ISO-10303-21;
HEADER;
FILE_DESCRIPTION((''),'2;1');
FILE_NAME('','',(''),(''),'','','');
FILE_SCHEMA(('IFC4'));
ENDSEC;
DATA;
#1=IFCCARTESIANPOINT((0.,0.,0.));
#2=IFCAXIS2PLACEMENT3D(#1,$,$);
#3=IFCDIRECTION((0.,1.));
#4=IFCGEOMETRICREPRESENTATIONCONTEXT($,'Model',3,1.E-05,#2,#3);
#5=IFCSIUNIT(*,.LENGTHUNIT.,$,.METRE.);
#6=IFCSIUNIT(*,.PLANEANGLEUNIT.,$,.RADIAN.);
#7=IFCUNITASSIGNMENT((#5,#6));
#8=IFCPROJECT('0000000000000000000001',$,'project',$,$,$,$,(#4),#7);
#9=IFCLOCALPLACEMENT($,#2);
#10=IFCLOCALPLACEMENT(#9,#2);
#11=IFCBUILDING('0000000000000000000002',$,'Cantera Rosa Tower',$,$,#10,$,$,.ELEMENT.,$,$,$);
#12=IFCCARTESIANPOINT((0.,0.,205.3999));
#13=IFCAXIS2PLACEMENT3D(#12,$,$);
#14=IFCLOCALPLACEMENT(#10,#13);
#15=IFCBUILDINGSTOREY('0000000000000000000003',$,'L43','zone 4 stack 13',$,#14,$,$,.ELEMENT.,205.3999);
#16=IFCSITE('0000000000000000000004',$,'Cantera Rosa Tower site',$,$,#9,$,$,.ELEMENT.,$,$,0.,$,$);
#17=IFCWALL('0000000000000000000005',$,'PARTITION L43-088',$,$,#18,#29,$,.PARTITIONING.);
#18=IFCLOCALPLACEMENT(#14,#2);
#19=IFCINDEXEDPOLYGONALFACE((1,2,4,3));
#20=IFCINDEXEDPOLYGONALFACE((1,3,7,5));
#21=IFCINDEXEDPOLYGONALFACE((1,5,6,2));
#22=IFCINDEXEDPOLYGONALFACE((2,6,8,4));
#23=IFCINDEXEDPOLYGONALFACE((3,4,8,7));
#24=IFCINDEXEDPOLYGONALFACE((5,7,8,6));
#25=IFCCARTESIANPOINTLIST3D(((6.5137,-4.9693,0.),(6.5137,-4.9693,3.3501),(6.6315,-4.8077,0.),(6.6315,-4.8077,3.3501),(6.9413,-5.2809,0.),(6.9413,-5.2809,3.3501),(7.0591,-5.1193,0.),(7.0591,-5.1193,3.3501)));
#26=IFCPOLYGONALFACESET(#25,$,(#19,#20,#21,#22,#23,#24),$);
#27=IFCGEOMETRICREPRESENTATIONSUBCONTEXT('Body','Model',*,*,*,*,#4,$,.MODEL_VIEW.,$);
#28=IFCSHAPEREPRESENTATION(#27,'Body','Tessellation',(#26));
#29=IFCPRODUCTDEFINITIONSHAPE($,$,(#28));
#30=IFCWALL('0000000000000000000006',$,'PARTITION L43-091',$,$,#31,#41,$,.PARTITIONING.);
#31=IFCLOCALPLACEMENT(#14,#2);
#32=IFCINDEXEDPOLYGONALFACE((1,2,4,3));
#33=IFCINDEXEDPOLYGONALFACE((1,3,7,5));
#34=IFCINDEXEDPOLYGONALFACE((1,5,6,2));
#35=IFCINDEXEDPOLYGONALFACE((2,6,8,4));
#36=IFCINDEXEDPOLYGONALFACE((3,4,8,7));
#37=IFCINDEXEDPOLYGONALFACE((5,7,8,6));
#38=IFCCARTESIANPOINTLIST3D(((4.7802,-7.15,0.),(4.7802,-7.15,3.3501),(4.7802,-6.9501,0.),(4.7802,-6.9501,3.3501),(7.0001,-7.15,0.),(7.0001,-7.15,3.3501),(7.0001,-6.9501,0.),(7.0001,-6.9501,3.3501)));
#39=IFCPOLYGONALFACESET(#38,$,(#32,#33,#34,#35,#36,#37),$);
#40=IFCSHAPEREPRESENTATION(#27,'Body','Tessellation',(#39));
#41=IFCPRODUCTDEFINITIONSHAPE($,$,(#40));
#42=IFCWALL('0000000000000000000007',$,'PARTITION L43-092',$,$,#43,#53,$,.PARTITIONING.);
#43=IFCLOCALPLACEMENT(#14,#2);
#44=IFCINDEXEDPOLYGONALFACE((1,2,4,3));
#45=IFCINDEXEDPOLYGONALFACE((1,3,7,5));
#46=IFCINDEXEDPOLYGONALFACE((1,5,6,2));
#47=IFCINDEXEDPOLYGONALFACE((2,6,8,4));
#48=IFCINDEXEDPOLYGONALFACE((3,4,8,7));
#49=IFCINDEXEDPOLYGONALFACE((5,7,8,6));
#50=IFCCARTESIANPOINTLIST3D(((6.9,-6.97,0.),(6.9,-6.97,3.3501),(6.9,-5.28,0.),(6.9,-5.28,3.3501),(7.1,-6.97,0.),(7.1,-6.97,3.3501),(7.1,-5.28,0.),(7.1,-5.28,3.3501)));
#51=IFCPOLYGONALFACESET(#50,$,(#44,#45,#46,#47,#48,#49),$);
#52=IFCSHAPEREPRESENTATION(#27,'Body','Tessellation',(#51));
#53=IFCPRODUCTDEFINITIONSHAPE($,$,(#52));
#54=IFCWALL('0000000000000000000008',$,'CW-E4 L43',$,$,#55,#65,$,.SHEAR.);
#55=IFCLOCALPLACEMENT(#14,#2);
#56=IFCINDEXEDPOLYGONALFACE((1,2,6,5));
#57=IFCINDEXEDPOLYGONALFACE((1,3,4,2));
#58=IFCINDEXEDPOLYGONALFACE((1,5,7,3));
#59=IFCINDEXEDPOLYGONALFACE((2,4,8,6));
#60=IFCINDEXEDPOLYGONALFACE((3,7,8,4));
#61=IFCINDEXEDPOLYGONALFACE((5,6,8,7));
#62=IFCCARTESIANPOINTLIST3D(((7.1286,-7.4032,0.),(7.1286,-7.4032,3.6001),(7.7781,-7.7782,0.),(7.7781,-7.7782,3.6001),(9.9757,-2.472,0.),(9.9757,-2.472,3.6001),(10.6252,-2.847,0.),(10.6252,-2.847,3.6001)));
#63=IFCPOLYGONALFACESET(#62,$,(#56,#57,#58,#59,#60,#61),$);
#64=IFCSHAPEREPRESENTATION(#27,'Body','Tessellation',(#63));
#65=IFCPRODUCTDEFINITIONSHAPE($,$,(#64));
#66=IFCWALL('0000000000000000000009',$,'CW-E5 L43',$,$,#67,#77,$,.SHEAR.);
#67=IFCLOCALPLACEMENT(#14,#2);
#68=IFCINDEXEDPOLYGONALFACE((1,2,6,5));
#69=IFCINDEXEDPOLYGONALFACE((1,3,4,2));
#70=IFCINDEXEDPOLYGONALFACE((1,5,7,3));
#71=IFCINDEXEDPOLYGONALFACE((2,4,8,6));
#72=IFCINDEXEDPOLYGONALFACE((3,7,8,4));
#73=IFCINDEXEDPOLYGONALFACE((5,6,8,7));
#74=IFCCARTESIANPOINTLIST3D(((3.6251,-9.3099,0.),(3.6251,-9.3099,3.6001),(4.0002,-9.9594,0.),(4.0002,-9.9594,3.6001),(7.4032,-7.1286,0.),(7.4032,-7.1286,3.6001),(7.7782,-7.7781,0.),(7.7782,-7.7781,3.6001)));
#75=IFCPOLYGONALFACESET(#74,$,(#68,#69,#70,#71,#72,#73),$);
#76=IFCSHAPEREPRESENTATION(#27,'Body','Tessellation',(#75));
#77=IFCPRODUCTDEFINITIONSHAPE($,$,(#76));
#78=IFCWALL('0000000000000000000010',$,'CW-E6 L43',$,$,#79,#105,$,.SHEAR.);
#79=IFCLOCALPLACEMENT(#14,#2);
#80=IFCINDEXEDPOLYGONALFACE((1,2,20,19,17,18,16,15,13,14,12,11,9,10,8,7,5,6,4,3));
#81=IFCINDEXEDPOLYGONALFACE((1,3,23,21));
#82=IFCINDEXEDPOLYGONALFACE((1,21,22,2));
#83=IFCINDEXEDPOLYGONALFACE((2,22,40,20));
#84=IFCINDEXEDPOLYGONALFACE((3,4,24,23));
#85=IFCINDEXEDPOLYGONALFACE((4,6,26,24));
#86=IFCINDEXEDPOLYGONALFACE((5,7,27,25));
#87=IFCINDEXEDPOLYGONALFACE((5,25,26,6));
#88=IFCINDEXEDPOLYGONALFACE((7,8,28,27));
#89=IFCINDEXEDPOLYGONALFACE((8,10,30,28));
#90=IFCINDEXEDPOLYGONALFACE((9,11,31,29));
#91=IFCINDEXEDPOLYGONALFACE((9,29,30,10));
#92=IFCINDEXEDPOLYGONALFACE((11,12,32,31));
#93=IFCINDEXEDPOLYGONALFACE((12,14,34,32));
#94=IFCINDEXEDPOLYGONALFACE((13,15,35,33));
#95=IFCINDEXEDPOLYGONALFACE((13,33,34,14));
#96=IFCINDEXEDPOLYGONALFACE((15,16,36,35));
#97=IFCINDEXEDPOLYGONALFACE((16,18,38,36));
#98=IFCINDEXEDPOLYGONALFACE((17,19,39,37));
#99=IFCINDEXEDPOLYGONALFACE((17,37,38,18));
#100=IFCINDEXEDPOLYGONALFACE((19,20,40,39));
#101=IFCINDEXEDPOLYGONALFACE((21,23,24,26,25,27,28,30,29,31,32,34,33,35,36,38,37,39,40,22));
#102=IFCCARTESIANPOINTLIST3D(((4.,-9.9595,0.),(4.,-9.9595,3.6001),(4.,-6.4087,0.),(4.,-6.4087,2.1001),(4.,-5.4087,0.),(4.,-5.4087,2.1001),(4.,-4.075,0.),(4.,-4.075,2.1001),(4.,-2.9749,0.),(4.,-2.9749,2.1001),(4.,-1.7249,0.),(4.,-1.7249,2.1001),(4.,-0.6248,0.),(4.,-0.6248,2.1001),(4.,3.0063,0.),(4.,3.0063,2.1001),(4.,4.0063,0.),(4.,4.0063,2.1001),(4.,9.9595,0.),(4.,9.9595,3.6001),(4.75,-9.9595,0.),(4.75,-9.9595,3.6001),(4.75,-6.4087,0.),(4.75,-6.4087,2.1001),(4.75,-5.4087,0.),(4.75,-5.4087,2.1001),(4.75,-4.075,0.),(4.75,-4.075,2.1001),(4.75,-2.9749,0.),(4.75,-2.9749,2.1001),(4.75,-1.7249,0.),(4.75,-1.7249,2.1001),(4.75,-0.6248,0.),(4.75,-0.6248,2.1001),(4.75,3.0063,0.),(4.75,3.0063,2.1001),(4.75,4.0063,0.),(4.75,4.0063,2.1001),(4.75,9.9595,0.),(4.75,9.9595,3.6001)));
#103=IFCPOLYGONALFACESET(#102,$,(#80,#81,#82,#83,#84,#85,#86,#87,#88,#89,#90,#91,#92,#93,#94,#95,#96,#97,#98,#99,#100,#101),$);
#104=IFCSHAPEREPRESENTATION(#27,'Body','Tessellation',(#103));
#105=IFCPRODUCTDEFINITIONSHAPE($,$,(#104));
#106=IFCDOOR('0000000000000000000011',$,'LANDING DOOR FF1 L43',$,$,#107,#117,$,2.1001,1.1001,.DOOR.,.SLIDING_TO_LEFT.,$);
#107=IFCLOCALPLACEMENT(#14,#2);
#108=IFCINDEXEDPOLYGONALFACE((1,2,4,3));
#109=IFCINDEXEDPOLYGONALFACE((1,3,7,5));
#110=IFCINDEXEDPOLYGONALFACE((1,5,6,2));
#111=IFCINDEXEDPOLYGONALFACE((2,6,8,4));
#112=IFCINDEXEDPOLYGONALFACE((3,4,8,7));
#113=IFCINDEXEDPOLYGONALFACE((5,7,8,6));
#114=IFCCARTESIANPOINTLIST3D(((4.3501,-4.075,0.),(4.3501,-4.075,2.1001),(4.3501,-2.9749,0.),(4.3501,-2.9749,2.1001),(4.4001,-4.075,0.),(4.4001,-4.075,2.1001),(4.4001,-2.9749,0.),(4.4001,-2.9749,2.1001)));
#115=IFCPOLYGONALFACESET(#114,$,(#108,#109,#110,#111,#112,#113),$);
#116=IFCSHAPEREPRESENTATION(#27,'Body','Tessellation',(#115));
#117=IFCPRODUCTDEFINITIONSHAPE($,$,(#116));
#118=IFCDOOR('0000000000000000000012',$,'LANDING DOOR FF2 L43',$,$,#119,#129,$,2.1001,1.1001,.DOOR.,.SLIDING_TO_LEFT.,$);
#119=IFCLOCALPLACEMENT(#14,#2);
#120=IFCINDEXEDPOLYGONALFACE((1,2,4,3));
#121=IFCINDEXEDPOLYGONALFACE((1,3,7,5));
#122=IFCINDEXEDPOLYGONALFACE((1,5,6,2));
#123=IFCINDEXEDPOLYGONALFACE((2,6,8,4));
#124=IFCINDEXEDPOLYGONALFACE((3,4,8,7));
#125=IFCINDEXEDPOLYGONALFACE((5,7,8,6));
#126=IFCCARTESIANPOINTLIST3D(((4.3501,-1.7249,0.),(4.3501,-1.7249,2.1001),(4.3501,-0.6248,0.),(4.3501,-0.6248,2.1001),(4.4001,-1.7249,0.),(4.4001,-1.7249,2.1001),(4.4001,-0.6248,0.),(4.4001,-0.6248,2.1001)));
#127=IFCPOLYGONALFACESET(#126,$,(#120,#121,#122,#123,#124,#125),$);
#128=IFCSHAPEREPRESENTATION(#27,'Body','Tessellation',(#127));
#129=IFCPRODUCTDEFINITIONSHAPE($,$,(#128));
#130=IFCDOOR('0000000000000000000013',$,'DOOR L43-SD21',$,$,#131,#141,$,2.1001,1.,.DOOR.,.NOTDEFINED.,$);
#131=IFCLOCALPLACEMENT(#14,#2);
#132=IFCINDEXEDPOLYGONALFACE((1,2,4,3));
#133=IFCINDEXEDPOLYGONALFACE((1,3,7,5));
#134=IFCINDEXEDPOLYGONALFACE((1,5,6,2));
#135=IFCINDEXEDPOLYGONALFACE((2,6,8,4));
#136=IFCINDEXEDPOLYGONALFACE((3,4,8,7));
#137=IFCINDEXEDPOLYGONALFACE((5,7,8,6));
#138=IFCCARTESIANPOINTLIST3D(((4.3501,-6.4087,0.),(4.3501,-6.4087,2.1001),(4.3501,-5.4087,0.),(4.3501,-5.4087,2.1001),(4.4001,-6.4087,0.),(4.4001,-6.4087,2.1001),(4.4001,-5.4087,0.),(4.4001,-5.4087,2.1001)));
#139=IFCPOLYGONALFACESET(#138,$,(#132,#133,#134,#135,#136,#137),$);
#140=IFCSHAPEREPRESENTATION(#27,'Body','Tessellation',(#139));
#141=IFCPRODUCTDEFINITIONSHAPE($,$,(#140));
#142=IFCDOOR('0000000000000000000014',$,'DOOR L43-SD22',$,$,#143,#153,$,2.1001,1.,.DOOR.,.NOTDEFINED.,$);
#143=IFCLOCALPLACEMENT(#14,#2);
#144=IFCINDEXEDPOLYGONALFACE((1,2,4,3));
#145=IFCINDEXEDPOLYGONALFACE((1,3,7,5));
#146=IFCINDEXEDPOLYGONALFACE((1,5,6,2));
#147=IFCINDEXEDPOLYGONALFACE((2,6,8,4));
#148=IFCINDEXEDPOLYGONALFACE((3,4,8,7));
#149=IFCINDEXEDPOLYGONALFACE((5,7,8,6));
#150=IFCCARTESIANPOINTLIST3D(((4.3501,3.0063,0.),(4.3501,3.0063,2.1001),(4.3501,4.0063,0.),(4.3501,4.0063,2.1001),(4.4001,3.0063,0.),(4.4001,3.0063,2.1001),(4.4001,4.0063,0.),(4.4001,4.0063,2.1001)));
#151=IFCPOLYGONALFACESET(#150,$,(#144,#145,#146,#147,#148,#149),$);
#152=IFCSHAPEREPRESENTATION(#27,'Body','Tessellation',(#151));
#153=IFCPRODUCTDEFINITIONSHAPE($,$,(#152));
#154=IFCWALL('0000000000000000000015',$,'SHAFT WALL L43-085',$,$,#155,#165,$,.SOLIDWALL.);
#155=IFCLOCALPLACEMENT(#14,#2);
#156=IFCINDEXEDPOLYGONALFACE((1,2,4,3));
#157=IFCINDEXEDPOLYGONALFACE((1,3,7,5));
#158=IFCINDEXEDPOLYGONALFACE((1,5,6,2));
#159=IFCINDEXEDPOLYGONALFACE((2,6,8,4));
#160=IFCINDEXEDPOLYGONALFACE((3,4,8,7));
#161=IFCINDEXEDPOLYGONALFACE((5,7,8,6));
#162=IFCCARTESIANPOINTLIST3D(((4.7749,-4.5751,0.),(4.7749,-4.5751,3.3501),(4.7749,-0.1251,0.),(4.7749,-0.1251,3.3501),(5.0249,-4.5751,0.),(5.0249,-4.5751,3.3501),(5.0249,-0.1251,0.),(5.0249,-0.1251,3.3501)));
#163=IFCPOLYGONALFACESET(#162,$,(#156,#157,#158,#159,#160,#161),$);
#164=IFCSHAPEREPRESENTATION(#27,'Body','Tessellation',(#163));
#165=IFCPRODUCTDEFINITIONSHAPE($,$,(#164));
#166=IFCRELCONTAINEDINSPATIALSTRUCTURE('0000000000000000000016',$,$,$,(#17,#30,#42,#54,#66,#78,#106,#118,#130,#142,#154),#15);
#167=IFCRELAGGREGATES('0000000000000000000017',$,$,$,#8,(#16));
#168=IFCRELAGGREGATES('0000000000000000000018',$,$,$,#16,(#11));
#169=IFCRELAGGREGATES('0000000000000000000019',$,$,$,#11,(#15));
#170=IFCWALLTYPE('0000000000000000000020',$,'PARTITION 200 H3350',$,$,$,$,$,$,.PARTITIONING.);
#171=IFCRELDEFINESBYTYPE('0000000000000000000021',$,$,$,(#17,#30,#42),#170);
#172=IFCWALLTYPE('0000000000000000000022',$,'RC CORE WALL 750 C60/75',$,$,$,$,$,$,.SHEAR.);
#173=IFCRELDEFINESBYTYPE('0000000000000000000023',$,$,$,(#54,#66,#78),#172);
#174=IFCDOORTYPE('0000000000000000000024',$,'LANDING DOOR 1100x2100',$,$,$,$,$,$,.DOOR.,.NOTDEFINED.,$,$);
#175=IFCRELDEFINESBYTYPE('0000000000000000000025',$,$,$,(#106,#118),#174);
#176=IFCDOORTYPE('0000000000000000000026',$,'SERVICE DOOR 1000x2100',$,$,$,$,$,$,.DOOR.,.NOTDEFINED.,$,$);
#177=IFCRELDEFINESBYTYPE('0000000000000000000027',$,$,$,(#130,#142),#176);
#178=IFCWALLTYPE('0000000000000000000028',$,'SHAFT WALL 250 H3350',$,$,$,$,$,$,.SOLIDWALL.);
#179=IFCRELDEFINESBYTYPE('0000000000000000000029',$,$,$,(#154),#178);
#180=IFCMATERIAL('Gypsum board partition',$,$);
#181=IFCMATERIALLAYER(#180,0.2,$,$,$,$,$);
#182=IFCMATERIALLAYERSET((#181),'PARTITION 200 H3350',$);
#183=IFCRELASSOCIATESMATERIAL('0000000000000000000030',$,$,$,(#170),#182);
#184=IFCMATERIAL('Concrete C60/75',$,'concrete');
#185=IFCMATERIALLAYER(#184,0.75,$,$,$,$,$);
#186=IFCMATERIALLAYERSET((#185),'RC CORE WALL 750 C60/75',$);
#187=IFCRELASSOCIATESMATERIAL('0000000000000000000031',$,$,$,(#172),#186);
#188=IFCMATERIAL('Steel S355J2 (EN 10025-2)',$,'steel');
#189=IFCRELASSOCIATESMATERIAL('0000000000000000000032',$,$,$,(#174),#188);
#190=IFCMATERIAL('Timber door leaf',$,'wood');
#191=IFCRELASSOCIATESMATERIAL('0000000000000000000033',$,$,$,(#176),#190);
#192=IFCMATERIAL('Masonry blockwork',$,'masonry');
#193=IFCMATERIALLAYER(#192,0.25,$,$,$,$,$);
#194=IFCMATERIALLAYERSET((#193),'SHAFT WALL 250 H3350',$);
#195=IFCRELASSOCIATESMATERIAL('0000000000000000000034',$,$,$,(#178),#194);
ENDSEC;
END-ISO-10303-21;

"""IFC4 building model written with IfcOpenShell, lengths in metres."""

from ifc_helpers import new_model, si_unit, direction, frame, frame_2d, origin, place, context, subcontext, project, spatial, rectangle, extrude, material, layer, layer_set, type_object, element, fill, save


model = new_model("IFC4")

# Units and contexts
model_context = context("Model", 3, precision=1e-05, world=origin(), true_north=direction((0.0, 1.0)))
body_context = subcontext(model_context, "Body", "Model", "MODEL_VIEW")
ifc_project = project(units=[si_unit("LENGTHUNIT", "METRE"), si_unit("PLANEANGLEUNIT", "RADIAN")], contexts=[model_context])

# Site, building, storey
site_placement = place(None, origin())
site = spatial("IfcSite", under=ifc_project, at=site_placement, Name="Cantera Rosa Tower site", CompositionType="ELEMENT", RefElevation=0.0)
building_placement = place(site_placement, origin())
building = spatial("IfcBuilding", under=site, at=building_placement, Name="Cantera Rosa Tower", CompositionType="ELEMENT")
storey_placement = place(building_placement, frame((0.0, 0.0, 205.3999)))
storey = spatial("IfcBuildingStorey", under=building, at=storey_placement, Name="L43", Description="zone 4 stack 13", CompositionType="ELEMENT", Elevation=205.3999)

# Walls
ifc_material_1 = material(Name="Gypsum board partition")
ifc_layer_1 = layer(ifc_material_1, 0.2)
ifc_layer_set_1 = layer_set([ifc_layer_1], Name="PARTITION 200 H3350")
wall_type_1 = type_object("IfcWallType", Name="PARTITION 200 H3350", PredefinedType="PARTITIONING", material=ifc_layer_set_1)
wall_1_placement = place(storey_placement, frame((6.5725, -4.8884, 0.0), z_axis=(0.0, 0.0, 1.0), x_axis=(0.808177, -0.58894, 0.0)))
element("IfcWall", 1, at=wall_1_placement, inside=storey, type_object=wall_type_1, Name="PARTITION L43-088", PredefinedType="PARTITIONING", context=body_context, shape_type="SweptSolid", body=[
    extrude(rectangle(XDim=0.5291, YDim=0.2, at=frame_2d((0.2646, 0.0))), origin(), (0.0, 0.0, 1.0), 3.3501),
])
wall_2_placement = place(storey_placement, frame((7.0, -7.05, 0.0), z_axis=(0.0, 0.0, 1.0), x_axis=(-1.0, 0.0, 0.0)))
element("IfcWall", 2, at=wall_2_placement, inside=storey, type_object=wall_type_1, Name="PARTITION L43-091", PredefinedType="PARTITIONING", context=body_context, shape_type="SweptSolid", body=[
    extrude(rectangle(XDim=2.22, YDim=0.2, at=frame_2d((1.1099, 0.0))), origin(), (0.0, 0.0, 1.0), 3.3501),
])
wall_3_placement = place(storey_placement, frame((7.0, -5.28, 0.0), z_axis=(0.0, 0.0, 1.0), x_axis=(0.0, -1.0, 0.0)))
element("IfcWall", 3, at=wall_3_placement, inside=storey, type_object=wall_type_1, Name="PARTITION L43-092", PredefinedType="PARTITIONING", context=body_context, shape_type="SweptSolid", body=[
    extrude(rectangle(XDim=1.6899, YDim=0.2, at=frame_2d((0.845, 0.0))), origin(), (0.0, 0.0, 1.0), 3.3501),
])
ifc_material_2 = material(Name="Concrete C60/75", Category="concrete")
ifc_layer_2 = layer(ifc_material_2, 0.75)
ifc_layer_set_2 = layer_set([ifc_layer_2], Name="RC CORE WALL 750 C60/75")
wall_type_2 = type_object("IfcWallType", Name="RC CORE WALL 750 C60/75", PredefinedType="SHEAR", material=ifc_layer_set_2)
wall_4_placement = place(storey_placement, frame((10.3005, -2.6594, 0.0), z_axis=(0.0, 0.0, 1.0), x_axis=(-0.500022, -0.866013, 0.0)))
element("IfcWall", 4, at=wall_4_placement, inside=storey, type_object=wall_type_2, Name="CW-E4 L43", PredefinedType="SHEAR", context=body_context, shape_type="SweptSolid", body=[
    extrude(rectangle(XDim=5.6941, YDim=0.75, at=frame_2d((2.8472, 0.0))), origin(), (0.0, 0.0, 1.0), 3.6001),
])
wall_5_placement = place(storey_placement, frame((7.5906, -7.4534, 0.0), z_axis=(0.0, 0.0, 1.0), x_axis=(-0.866013, -0.500021, 0.0)))
element("IfcWall", 5, at=wall_5_placement, inside=storey, type_object=wall_type_2, Name="CW-E5 L43", PredefinedType="SHEAR", context=body_context, shape_type="SweptSolid", body=[
    extrude(rectangle(XDim=4.3625, YDim=0.75, at=frame_2d((2.1812, 0.0))), origin(), (0.0, 0.0, 1.0), 3.6001),
])

# Wall, openings, doors
wall_6_placement = place(storey_placement, frame((4.375, -9.9595, 0.0), z_axis=(0.0, 0.0, 1.0), x_axis=(0.0, 1.0, 0.0)))
wall_6 = element("IfcWall", 6, at=wall_6_placement, inside=storey, type_object=wall_type_2, Name="CW-E6 L43", PredefinedType="SHEAR", context=body_context, shape_type="SweptSolid", body=[
    extrude(rectangle(XDim=19.9189, YDim=0.75, at=frame_2d((9.9595, 0.0))), origin(), (0.0, 0.0, 1.0), 3.6001),
])
opening_1_placement = place(wall_6_placement, frame((5.8845, 0.0, 0.0)))
opening_1 = element("IfcOpeningElement", 7, at=opening_1_placement, cuts=wall_6, PredefinedType="OPENING", context=body_context, shape_type="SweptSolid", body=[
    extrude(rectangle(XDim=1.1001, YDim=2.1001, at=frame_2d((0.55, 1.05))), frame((0.0, 0.385, 0.0), z_axis=(0.0, -1.0, 0.0), x_axis=(1.0, 0.0, 0.0)), (0.0, 0.0, 1.0), 0.77),
])
opening_2_placement = place(wall_6_placement, frame((8.2346, 0.0, 0.0)))
opening_2 = element("IfcOpeningElement", 8, at=opening_2_placement, cuts=wall_6, PredefinedType="OPENING", context=body_context, shape_type="SweptSolid", body=[
    extrude(rectangle(XDim=1.1001, YDim=2.1001, at=frame_2d((0.55, 1.05))), frame((0.0, 0.385, 0.0), z_axis=(0.0, -1.0, 0.0), x_axis=(1.0, 0.0, 0.0)), (0.0, 0.0, 1.0), 0.77),
])
opening_3_placement = place(wall_6_placement, frame((3.5508, 0.0, 0.0)))
opening_3 = element("IfcOpeningElement", 9, at=opening_3_placement, cuts=wall_6, PredefinedType="OPENING", context=body_context, shape_type="SweptSolid", body=[
    extrude(rectangle(XDim=1.0, YDim=2.1001, at=frame_2d((0.5, 1.05))), frame((0.0, 0.385, 0.0), z_axis=(0.0, -1.0, 0.0), x_axis=(1.0, 0.0, 0.0)), (0.0, 0.0, 1.0), 0.77),
])
opening_4_placement = place(wall_6_placement, frame((12.9658, 0.0, 0.0)))
opening_4 = element("IfcOpeningElement", 10, at=opening_4_placement, cuts=wall_6, PredefinedType="OPENING", context=body_context, shape_type="SweptSolid", body=[
    extrude(rectangle(XDim=1.0, YDim=2.1001, at=frame_2d((0.5, 1.05))), frame((0.0, 0.385, 0.0), z_axis=(0.0, -1.0, 0.0), x_axis=(1.0, 0.0, 0.0)), (0.0, 0.0, 1.0), 0.77),
])
ifc_material_3 = material(Name="Steel S355J2 (EN 10025-2)", Category="steel")
door_type_1 = type_object("IfcDoorType", Name="LANDING DOOR 1100x2100", OperationType="NOTDEFINED", PredefinedType="DOOR", material=ifc_material_3)
door_1_placement = place(opening_1_placement, origin())
door_1 = element("IfcDoor", 11, at=door_1_placement, inside=storey, type_object=door_type_1, Name="LANDING DOOR FF1 L43", OperationType="SLIDING_TO_LEFT", OverallHeight=2.1001, OverallWidth=1.1001, PredefinedType="DOOR", context=body_context, shape_type="SweptSolid", body=[
    extrude(rectangle(XDim=1.1001, YDim=2.1001, at=frame_2d((0.55, 1.05))), frame((0.0, 0.0249, 0.0), z_axis=(0.0, -1.0, 0.0), x_axis=(1.0, 0.0, 0.0)), (0.0, 0.0, 1.0), 0.05),
])
fill(opening_1, door_1)
door_2_placement = place(opening_2_placement, origin())
door_2 = element("IfcDoor", 12, at=door_2_placement, inside=storey, type_object=door_type_1, Name="LANDING DOOR FF2 L43", OperationType="SLIDING_TO_LEFT", OverallHeight=2.1001, OverallWidth=1.1001, PredefinedType="DOOR", context=body_context, shape_type="SweptSolid", body=[
    extrude(rectangle(XDim=1.1001, YDim=2.1001, at=frame_2d((0.55, 1.05))), frame((0.0, 0.0249, 0.0), z_axis=(0.0, -1.0, 0.0), x_axis=(1.0, 0.0, 0.0)), (0.0, 0.0, 1.0), 0.05),
])
fill(opening_2, door_2)
ifc_material_4 = material(Name="Timber door leaf", Category="wood")
door_type_2 = type_object("IfcDoorType", Name="SERVICE DOOR 1000x2100", OperationType="NOTDEFINED", PredefinedType="DOOR", material=ifc_material_4)
door_3_placement = place(opening_3_placement, origin())
door_3 = element("IfcDoor", 13, at=door_3_placement, inside=storey, type_object=door_type_2, Name="DOOR L43-SD21", OperationType="NOTDEFINED", OverallHeight=2.1001, OverallWidth=1.0, PredefinedType="DOOR", context=body_context, shape_type="SweptSolid", body=[
    extrude(rectangle(XDim=1.0, YDim=2.1001, at=frame_2d((0.5, 1.05))), frame((0.0, 0.0249, 0.0), z_axis=(0.0, -1.0, 0.0), x_axis=(1.0, 0.0, 0.0)), (0.0, 0.0, 1.0), 0.05),
])
fill(opening_3, door_3)
door_4_placement = place(opening_4_placement, origin())
door_4 = element("IfcDoor", 14, at=door_4_placement, inside=storey, type_object=door_type_2, Name="DOOR L43-SD22", OperationType="NOTDEFINED", OverallHeight=2.1001, OverallWidth=1.0, PredefinedType="DOOR", context=body_context, shape_type="SweptSolid", body=[
    extrude(rectangle(XDim=1.0, YDim=2.1001, at=frame_2d((0.5, 1.05))), frame((0.0, 0.0249, 0.0), z_axis=(0.0, -1.0, 0.0), x_axis=(1.0, 0.0, 0.0)), (0.0, 0.0, 1.0), 0.05),
])
fill(opening_4, door_4)

# Wall
ifc_material_5 = material(Name="Masonry blockwork", Category="masonry")
ifc_layer_3 = layer(ifc_material_5, 0.25)
ifc_layer_set_3 = layer_set([ifc_layer_3], Name="SHAFT WALL 250 H3350")
wall_type_3 = type_object("IfcWallType", Name="SHAFT WALL 250 H3350", PredefinedType="SOLIDWALL", material=ifc_layer_set_3)
wall_7_placement = place(storey_placement, frame((4.8999, -0.125, 0.0), z_axis=(0.0, 0.0, 1.0), x_axis=(0.0, -1.0, 0.0)))
element("IfcWall", 15, at=wall_7_placement, inside=storey, type_object=wall_type_3, Name="SHAFT WALL L43-085", PredefinedType="SOLIDWALL", context=body_context, shape_type="SweptSolid", body=[
    extrude(rectangle(XDim=4.45, YDim=0.25, at=frame_2d((2.2251, 0.0))), origin(), (0.0, 0.0, 1.0), 3.3501),
])

save(model, "model.ifc")
